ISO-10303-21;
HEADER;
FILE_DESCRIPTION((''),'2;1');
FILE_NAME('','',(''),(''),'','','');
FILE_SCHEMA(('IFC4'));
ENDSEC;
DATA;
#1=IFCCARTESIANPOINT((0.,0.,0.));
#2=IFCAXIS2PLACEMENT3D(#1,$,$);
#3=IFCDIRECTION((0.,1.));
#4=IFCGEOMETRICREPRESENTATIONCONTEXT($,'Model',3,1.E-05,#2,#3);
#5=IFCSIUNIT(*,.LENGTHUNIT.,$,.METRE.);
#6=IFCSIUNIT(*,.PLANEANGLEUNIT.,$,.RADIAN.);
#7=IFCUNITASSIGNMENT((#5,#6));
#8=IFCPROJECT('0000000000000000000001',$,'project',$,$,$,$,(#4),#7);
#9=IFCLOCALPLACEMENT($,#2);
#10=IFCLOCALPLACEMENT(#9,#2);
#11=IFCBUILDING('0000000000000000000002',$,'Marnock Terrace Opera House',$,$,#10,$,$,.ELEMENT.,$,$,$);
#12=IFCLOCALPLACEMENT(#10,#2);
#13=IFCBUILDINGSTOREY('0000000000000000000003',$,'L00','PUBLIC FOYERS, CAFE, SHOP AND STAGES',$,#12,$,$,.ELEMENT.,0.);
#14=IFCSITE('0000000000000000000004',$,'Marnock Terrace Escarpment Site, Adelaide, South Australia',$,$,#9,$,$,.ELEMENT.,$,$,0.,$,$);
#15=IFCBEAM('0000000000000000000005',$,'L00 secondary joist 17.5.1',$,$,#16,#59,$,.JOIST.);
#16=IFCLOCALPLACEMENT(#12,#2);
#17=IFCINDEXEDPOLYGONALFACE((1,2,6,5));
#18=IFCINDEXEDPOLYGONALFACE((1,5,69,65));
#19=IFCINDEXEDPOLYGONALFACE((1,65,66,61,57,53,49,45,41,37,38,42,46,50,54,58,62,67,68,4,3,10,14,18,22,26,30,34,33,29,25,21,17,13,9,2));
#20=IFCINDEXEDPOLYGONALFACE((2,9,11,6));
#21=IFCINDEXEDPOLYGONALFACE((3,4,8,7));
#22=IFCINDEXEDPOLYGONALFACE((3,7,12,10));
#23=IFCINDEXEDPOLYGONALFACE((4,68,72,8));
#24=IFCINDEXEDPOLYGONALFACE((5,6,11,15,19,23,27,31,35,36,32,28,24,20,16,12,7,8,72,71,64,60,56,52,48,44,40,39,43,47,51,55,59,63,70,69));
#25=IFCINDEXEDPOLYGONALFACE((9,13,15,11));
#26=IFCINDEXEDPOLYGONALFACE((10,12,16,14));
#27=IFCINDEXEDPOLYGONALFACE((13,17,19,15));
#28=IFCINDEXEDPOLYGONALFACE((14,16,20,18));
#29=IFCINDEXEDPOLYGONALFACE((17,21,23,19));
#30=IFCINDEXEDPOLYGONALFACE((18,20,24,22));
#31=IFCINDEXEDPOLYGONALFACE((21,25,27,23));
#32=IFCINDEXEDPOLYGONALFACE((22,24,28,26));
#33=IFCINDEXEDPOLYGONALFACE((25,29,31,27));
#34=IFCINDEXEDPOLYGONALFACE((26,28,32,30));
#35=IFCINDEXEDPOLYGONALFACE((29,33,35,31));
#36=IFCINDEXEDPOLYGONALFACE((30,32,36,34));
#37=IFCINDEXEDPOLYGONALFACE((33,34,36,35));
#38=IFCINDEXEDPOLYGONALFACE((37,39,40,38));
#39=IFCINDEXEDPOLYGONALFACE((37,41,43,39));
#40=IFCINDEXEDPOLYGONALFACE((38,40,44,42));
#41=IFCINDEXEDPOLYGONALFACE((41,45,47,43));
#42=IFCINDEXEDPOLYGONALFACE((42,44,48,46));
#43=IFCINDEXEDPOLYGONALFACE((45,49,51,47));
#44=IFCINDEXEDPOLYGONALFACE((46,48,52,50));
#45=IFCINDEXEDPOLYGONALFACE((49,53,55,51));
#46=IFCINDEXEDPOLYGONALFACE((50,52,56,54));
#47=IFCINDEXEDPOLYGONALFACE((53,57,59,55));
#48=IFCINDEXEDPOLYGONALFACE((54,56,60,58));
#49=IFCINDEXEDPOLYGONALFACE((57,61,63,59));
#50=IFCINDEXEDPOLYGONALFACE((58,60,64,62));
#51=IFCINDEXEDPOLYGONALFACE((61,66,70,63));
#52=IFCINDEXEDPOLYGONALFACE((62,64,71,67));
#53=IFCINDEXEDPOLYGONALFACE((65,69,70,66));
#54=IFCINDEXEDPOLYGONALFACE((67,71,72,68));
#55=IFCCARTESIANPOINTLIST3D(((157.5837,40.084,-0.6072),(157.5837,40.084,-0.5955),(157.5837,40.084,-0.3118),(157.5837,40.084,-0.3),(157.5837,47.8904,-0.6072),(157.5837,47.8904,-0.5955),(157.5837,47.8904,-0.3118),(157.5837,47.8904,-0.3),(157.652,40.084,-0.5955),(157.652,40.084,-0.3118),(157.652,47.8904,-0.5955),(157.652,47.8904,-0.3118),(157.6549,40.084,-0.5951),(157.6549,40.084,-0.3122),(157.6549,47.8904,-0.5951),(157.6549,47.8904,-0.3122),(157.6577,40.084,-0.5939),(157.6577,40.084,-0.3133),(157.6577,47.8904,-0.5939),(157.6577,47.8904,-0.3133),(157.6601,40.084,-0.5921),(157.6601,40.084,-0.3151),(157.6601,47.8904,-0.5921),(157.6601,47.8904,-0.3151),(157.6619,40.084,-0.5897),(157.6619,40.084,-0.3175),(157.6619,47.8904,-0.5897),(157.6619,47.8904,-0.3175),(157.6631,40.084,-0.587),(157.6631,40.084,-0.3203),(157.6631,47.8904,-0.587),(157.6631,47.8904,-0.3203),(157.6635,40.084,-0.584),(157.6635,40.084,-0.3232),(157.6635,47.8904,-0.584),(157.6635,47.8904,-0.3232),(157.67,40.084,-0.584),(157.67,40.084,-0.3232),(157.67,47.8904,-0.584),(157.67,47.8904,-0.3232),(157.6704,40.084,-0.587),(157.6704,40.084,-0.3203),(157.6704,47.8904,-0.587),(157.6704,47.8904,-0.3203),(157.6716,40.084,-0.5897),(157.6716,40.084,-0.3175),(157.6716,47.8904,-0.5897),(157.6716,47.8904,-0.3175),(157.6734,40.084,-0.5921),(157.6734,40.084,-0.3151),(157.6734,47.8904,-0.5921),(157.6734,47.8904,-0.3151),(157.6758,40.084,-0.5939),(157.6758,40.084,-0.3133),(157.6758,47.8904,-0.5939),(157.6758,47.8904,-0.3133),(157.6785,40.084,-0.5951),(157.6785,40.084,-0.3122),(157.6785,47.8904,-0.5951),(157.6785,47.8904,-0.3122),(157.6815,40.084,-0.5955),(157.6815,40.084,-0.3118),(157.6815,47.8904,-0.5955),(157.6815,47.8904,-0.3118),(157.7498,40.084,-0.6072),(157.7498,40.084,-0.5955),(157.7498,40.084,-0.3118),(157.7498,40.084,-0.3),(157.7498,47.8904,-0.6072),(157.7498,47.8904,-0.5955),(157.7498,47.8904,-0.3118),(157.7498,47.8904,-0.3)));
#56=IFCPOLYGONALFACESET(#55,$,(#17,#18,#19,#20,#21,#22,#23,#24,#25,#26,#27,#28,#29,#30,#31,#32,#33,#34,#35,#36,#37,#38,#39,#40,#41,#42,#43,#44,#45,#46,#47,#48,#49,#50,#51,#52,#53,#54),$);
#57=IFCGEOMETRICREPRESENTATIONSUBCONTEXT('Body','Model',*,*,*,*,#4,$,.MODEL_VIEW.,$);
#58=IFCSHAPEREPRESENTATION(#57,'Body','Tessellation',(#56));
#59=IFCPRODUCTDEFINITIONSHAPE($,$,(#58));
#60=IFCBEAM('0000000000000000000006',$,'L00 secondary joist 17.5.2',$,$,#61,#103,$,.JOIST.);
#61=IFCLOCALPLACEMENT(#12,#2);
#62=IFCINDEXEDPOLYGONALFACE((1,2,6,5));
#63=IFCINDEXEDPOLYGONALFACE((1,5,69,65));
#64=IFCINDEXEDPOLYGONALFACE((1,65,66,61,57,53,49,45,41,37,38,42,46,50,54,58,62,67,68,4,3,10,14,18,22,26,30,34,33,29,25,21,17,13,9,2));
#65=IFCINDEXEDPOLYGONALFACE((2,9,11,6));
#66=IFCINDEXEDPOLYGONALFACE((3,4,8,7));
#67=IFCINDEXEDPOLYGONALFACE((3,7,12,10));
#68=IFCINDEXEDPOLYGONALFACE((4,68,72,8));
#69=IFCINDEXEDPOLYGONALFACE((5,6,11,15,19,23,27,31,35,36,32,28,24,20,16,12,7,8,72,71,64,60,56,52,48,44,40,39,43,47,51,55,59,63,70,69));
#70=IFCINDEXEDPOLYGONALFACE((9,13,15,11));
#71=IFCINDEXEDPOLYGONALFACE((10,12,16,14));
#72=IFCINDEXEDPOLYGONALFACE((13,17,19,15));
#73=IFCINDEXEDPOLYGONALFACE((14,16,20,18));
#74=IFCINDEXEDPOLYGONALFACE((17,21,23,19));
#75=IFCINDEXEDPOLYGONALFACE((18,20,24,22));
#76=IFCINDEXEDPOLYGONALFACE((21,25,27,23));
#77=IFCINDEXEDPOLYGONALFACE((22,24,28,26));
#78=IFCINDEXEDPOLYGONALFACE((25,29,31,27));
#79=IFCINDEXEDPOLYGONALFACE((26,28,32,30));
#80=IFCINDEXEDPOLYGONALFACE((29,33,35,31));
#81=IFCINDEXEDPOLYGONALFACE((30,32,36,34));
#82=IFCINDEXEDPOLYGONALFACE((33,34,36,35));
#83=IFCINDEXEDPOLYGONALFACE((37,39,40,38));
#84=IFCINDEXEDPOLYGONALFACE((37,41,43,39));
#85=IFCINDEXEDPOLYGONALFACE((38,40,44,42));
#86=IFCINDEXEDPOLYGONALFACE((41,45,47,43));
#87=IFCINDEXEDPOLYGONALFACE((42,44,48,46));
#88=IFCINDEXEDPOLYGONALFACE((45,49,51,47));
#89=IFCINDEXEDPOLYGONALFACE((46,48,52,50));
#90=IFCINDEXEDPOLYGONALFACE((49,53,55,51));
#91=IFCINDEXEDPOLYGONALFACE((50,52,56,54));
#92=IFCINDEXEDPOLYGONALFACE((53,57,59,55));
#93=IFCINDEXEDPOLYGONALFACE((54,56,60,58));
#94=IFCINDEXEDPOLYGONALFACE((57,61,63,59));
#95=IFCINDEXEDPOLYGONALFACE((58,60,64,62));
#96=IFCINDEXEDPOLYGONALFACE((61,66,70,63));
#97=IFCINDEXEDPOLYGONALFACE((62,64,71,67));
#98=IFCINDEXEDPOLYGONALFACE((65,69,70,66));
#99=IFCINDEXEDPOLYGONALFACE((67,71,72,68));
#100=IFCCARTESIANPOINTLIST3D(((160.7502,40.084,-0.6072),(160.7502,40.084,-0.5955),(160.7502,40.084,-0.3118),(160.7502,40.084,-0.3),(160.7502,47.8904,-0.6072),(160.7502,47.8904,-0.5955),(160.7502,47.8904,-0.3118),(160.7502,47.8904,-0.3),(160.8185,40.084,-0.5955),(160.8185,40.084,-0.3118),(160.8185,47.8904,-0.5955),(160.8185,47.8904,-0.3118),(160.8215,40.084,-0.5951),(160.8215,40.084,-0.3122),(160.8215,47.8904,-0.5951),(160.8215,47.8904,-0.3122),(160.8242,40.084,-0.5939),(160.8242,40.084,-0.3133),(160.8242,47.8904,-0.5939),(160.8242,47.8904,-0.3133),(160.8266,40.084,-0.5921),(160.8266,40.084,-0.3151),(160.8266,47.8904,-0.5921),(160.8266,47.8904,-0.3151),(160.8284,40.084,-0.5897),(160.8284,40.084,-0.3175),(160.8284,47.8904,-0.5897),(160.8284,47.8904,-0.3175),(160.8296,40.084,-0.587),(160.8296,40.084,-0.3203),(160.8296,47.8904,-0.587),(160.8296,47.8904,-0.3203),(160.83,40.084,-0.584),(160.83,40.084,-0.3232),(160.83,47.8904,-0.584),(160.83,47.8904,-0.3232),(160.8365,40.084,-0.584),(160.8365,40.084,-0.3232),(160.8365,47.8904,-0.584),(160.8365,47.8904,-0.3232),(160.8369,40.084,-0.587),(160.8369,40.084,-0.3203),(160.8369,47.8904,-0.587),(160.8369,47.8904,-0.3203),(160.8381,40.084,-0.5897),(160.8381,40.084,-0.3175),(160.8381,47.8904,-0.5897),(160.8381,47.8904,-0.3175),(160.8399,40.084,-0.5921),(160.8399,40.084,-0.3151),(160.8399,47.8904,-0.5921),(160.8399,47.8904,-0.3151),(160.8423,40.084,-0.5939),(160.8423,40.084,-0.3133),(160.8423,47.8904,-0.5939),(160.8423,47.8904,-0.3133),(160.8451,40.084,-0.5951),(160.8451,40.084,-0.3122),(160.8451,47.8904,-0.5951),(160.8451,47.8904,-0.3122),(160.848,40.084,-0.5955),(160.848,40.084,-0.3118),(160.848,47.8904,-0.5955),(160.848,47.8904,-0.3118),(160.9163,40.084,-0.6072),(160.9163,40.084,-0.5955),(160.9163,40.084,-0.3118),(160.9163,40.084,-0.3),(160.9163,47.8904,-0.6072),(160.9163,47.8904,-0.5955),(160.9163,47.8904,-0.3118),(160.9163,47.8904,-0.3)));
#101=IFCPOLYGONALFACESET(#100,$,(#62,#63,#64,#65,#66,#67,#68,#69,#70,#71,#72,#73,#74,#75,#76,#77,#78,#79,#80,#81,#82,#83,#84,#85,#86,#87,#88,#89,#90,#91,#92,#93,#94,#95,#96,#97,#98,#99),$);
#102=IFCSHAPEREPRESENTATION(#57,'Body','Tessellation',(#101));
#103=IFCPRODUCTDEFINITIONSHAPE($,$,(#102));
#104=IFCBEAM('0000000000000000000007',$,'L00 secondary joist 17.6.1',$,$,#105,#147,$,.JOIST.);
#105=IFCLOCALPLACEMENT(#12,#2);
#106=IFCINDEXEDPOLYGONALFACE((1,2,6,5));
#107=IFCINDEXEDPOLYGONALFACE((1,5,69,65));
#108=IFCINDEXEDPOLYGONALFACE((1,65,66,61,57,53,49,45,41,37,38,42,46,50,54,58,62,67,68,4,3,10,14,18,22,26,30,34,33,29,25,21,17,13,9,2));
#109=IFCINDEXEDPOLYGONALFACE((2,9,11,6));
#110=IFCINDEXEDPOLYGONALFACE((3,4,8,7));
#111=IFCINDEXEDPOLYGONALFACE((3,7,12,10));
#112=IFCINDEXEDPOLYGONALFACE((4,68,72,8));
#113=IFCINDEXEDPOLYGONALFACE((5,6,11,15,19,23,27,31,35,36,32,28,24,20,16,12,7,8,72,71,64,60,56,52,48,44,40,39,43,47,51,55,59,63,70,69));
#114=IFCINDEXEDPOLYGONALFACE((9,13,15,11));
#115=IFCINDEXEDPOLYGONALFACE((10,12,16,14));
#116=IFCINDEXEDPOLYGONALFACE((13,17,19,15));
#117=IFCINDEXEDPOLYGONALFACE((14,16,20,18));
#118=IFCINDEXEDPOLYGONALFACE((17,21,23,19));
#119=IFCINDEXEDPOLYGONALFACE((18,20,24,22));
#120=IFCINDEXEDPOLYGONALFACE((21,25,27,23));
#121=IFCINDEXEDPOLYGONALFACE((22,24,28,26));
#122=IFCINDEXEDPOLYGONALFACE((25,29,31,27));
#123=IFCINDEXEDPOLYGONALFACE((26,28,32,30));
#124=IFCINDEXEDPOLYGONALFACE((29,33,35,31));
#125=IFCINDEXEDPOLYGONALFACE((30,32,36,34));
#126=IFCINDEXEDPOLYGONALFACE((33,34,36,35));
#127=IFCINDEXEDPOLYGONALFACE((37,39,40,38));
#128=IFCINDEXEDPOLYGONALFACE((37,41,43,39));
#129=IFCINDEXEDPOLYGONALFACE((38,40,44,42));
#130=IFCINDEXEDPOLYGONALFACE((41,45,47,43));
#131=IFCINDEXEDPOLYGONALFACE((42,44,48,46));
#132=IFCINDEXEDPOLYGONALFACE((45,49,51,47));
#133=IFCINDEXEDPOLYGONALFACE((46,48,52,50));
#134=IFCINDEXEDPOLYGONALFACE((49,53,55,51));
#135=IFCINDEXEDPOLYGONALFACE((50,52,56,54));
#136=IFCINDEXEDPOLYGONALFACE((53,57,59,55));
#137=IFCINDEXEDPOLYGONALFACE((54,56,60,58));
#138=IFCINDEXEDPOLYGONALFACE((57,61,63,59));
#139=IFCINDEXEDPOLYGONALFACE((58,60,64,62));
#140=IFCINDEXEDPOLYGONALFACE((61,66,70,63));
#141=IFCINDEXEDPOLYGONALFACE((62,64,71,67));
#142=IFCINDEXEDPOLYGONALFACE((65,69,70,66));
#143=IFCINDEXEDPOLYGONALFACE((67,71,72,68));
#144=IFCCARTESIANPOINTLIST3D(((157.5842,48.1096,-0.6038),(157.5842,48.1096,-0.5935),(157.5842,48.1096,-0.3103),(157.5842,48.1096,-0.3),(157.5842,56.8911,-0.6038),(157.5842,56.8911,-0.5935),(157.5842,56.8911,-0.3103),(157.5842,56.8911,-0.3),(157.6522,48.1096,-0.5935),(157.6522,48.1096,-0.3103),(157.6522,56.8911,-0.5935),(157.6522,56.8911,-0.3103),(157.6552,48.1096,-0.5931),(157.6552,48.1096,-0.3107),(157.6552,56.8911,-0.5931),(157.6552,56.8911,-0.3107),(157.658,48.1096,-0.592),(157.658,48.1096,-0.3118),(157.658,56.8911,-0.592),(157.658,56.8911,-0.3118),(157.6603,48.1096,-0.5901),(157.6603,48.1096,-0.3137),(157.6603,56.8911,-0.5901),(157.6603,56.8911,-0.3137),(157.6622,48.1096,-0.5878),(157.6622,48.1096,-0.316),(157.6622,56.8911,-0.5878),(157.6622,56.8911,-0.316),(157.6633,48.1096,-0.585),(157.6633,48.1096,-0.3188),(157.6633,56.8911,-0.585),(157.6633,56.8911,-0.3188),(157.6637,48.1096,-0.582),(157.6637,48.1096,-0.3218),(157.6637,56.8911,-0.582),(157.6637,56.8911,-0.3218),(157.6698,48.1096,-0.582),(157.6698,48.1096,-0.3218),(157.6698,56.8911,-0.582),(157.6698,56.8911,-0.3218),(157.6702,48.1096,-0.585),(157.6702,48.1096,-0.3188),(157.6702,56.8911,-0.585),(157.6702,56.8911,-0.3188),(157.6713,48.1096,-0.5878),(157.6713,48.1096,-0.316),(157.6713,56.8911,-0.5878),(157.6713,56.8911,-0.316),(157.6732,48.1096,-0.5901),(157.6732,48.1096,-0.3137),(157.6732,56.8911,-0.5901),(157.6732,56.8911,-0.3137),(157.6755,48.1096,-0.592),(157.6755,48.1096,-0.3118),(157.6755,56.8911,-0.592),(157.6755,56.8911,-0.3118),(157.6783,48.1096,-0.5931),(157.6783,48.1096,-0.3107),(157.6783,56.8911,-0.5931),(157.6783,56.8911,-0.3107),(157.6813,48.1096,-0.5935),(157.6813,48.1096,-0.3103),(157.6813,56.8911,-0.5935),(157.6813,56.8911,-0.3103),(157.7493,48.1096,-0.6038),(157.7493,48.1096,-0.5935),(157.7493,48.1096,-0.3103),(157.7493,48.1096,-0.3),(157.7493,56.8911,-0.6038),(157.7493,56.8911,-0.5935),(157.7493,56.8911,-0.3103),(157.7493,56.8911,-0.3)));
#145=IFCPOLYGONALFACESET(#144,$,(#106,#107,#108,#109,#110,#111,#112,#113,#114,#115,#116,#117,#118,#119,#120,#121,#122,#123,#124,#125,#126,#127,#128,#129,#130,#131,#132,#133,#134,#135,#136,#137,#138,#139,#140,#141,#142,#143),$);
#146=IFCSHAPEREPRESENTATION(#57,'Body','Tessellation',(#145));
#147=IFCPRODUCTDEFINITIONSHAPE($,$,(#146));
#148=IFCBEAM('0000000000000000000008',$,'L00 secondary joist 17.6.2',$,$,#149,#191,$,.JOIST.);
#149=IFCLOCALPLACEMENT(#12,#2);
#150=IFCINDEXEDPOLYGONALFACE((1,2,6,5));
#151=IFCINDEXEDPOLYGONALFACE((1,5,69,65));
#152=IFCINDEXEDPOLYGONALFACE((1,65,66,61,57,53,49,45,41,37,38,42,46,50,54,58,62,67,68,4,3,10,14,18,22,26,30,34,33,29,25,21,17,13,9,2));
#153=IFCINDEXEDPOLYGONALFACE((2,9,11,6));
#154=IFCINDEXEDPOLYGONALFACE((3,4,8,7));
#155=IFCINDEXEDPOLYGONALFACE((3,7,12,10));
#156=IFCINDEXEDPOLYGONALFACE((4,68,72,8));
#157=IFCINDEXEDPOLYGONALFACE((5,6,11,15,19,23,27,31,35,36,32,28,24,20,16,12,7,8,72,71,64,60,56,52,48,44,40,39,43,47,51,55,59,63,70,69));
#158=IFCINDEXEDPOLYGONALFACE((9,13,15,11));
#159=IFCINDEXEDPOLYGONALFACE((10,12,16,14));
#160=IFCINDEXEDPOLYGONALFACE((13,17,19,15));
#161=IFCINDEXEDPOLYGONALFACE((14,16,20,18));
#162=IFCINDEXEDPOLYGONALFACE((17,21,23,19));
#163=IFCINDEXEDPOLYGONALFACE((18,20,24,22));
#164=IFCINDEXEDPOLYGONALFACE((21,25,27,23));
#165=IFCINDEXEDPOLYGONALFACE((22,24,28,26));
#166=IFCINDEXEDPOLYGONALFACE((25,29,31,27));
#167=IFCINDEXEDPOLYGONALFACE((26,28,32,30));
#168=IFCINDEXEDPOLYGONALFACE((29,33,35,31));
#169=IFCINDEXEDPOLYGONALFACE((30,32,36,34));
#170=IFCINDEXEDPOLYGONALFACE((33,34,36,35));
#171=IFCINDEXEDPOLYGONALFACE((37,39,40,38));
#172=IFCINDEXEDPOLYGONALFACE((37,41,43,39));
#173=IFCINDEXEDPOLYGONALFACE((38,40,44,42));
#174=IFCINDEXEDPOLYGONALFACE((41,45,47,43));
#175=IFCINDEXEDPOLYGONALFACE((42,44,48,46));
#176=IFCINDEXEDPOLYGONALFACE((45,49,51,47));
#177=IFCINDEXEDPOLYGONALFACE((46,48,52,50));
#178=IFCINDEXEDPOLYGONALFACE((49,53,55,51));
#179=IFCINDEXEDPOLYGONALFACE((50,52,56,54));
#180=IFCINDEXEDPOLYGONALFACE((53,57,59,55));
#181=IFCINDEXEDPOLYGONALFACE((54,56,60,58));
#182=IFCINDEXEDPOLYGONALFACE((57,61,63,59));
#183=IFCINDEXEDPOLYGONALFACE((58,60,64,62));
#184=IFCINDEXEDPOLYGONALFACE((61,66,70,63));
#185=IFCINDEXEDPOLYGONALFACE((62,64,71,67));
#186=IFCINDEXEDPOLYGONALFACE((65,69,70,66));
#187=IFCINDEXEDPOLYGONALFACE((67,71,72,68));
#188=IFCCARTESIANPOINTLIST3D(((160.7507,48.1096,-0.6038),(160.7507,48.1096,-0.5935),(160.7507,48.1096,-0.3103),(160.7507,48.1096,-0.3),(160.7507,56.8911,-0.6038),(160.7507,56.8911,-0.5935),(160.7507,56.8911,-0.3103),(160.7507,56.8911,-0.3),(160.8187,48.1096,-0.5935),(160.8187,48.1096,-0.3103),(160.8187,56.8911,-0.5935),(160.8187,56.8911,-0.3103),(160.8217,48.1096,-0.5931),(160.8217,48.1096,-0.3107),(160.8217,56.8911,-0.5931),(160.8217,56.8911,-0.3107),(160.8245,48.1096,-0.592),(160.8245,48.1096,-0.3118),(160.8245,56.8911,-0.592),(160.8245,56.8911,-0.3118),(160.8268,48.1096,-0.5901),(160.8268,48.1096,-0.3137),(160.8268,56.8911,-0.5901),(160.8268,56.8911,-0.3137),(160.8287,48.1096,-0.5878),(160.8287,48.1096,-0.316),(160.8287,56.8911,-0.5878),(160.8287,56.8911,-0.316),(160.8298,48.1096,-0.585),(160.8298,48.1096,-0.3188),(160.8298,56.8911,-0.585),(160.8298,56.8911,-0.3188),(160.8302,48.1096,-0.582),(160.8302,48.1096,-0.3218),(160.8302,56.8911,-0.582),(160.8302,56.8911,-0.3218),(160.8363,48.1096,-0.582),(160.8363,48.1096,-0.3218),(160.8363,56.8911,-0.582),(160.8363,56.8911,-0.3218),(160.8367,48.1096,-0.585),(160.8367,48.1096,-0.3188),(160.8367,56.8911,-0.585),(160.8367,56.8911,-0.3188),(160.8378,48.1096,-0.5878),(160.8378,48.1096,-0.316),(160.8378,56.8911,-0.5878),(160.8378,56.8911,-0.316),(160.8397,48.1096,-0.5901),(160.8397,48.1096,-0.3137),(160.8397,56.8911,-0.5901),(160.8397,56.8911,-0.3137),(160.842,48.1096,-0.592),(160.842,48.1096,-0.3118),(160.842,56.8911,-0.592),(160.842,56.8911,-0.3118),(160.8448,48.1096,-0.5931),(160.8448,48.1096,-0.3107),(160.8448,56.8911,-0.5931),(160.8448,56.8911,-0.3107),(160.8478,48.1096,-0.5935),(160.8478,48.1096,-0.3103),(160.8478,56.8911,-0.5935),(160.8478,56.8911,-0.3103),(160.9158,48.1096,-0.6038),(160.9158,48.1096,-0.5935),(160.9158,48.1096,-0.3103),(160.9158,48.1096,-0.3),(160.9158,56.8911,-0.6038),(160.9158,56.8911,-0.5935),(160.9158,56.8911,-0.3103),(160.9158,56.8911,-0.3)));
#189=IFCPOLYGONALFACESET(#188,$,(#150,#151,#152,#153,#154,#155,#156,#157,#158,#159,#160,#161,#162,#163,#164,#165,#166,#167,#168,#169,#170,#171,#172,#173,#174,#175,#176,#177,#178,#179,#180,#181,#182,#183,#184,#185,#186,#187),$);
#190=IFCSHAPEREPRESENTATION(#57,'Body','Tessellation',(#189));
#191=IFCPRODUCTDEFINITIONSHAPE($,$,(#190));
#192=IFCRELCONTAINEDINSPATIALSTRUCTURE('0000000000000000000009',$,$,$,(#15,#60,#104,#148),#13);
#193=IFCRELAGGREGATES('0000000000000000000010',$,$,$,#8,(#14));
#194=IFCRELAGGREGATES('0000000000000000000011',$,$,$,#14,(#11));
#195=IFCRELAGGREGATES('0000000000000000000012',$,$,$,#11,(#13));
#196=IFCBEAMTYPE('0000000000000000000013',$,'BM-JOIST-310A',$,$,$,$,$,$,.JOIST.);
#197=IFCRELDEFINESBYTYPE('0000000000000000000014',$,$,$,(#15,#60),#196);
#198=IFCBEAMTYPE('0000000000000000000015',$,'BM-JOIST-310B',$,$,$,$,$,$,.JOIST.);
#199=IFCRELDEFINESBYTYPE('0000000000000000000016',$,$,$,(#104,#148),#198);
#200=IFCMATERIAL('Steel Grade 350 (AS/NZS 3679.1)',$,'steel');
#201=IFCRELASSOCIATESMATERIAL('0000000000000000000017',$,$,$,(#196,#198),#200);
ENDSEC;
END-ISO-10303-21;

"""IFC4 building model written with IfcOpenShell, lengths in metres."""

from ifc_helpers import new_model, si_unit, direction, frame, origin, origin_2d, place, context, subcontext, project, spatial, i_section, extrude, material, material_profile, profile_set, type_object, element, save


model = new_model("IFC4")

# Units and contexts
model_context = context("Model", 3, precision=1e-05, world=origin(), true_north=direction((0.0, 1.0)))
body_context = subcontext(model_context, "Body", "Model", "MODEL_VIEW")
ifc_project = project(units=[si_unit("LENGTHUNIT", "METRE"), si_unit("PLANEANGLEUNIT", "RADIAN")], contexts=[model_context])

# Site, building, storey
site_placement = place(None, origin())
site = spatial("IfcSite", under=ifc_project, at=site_placement, Name="Marnock Terrace Escarpment Site, Adelaide, South Australia", CompositionType="ELEMENT", RefElevation=0.0)
building_placement = place(site_placement, origin())
building = spatial("IfcBuilding", under=site, at=building_placement, Name="Marnock Terrace Opera House", CompositionType="ELEMENT")
storey_placement = place(building_placement, origin())
storey = spatial("IfcBuildingStorey", under=building, at=storey_placement, Name="L00", Description="PUBLIC FOYERS, CAFE, SHOP AND STAGES", CompositionType="ELEMENT", Elevation=0.0)

# Beams
ifc_material_1 = material(Name="Steel Grade 350 (AS/NZS 3679.1)", Category="steel")
ifc_material_profile_1 = material_profile(ifc_material_1, i_section(OverallWidth=0.166, OverallDepth=0.3071, WebThickness=0.0066, FlangeThickness=0.0117, FilletRadius=0.0115, at=origin_2d()))
ifc_profile_set_1 = profile_set([ifc_material_profile_1], Name="Steel Grade 350 (AS/NZS 3679.1)")
beam_type_1 = type_object("IfcBeamType", Name="BM-JOIST-310A", PredefinedType="JOIST", material=ifc_profile_set_1)
for number, where, z_axis, x_axis, name in (
    (1, (157.6667, 40.084, -0.4536), (0.0, 1.0, 0.0), (-1.0, 0.0, 0.0), "L00 secondary joist 17.5.1"),
    (2, (160.8333, 40.084, -0.4536), (0.0, 1.0, 0.0), (-1.0, 0.0, 0.0), "L00 secondary joist 17.5.2"),
):
    element("IfcBeam", number, at=place(storey_placement, frame(where, z_axis=z_axis, x_axis=x_axis)), inside=storey, type_object=beam_type_1, Name=name, PredefinedType="JOIST", context=body_context, shape_type="SweptSolid", body=[
        extrude(i_section(OverallWidth=0.166, OverallDepth=0.3071, WebThickness=0.0066, FlangeThickness=0.0117, FilletRadius=0.0115, at=origin_2d()), origin(), (0.0, 0.0, 1.0), 7.8064),
    ])
ifc_material_profile_2 = material_profile(ifc_material_1, i_section(OverallWidth=0.165, OverallDepth=0.3037, WebThickness=0.0061, FlangeThickness=0.0103, FilletRadius=0.0115, at=origin_2d()))
ifc_profile_set_2 = profile_set([ifc_material_profile_2], Name="Steel Grade 350 (AS/NZS 3679.1)")
beam_type_2 = type_object("IfcBeamType", Name="BM-JOIST-310B", PredefinedType="JOIST", material=ifc_profile_set_2)
for number, where, z_axis, x_axis, name in (
    (3, (157.6667, 48.1096, -0.4519), (0.0, 1.0, 0.0), (-1.0, 0.0, 0.0), "L00 secondary joist 17.6.1"),
    (4, (160.8333, 48.1096, -0.4519), (0.0, 1.0, 0.0), (-1.0, 0.0, 0.0), "L00 secondary joist 17.6.2"),
):
    element("IfcBeam", number, at=place(storey_placement, frame(where, z_axis=z_axis, x_axis=x_axis)), inside=storey, type_object=beam_type_2, Name=name, PredefinedType="JOIST", context=body_context, shape_type="SweptSolid", body=[
        extrude(i_section(OverallWidth=0.165, OverallDepth=0.3037, WebThickness=0.0061, FlangeThickness=0.0103, FilletRadius=0.0115, at=origin_2d()), origin(), (0.0, 0.0, 1.0), 8.7815),
    ])

save(model, "model.ifc")
